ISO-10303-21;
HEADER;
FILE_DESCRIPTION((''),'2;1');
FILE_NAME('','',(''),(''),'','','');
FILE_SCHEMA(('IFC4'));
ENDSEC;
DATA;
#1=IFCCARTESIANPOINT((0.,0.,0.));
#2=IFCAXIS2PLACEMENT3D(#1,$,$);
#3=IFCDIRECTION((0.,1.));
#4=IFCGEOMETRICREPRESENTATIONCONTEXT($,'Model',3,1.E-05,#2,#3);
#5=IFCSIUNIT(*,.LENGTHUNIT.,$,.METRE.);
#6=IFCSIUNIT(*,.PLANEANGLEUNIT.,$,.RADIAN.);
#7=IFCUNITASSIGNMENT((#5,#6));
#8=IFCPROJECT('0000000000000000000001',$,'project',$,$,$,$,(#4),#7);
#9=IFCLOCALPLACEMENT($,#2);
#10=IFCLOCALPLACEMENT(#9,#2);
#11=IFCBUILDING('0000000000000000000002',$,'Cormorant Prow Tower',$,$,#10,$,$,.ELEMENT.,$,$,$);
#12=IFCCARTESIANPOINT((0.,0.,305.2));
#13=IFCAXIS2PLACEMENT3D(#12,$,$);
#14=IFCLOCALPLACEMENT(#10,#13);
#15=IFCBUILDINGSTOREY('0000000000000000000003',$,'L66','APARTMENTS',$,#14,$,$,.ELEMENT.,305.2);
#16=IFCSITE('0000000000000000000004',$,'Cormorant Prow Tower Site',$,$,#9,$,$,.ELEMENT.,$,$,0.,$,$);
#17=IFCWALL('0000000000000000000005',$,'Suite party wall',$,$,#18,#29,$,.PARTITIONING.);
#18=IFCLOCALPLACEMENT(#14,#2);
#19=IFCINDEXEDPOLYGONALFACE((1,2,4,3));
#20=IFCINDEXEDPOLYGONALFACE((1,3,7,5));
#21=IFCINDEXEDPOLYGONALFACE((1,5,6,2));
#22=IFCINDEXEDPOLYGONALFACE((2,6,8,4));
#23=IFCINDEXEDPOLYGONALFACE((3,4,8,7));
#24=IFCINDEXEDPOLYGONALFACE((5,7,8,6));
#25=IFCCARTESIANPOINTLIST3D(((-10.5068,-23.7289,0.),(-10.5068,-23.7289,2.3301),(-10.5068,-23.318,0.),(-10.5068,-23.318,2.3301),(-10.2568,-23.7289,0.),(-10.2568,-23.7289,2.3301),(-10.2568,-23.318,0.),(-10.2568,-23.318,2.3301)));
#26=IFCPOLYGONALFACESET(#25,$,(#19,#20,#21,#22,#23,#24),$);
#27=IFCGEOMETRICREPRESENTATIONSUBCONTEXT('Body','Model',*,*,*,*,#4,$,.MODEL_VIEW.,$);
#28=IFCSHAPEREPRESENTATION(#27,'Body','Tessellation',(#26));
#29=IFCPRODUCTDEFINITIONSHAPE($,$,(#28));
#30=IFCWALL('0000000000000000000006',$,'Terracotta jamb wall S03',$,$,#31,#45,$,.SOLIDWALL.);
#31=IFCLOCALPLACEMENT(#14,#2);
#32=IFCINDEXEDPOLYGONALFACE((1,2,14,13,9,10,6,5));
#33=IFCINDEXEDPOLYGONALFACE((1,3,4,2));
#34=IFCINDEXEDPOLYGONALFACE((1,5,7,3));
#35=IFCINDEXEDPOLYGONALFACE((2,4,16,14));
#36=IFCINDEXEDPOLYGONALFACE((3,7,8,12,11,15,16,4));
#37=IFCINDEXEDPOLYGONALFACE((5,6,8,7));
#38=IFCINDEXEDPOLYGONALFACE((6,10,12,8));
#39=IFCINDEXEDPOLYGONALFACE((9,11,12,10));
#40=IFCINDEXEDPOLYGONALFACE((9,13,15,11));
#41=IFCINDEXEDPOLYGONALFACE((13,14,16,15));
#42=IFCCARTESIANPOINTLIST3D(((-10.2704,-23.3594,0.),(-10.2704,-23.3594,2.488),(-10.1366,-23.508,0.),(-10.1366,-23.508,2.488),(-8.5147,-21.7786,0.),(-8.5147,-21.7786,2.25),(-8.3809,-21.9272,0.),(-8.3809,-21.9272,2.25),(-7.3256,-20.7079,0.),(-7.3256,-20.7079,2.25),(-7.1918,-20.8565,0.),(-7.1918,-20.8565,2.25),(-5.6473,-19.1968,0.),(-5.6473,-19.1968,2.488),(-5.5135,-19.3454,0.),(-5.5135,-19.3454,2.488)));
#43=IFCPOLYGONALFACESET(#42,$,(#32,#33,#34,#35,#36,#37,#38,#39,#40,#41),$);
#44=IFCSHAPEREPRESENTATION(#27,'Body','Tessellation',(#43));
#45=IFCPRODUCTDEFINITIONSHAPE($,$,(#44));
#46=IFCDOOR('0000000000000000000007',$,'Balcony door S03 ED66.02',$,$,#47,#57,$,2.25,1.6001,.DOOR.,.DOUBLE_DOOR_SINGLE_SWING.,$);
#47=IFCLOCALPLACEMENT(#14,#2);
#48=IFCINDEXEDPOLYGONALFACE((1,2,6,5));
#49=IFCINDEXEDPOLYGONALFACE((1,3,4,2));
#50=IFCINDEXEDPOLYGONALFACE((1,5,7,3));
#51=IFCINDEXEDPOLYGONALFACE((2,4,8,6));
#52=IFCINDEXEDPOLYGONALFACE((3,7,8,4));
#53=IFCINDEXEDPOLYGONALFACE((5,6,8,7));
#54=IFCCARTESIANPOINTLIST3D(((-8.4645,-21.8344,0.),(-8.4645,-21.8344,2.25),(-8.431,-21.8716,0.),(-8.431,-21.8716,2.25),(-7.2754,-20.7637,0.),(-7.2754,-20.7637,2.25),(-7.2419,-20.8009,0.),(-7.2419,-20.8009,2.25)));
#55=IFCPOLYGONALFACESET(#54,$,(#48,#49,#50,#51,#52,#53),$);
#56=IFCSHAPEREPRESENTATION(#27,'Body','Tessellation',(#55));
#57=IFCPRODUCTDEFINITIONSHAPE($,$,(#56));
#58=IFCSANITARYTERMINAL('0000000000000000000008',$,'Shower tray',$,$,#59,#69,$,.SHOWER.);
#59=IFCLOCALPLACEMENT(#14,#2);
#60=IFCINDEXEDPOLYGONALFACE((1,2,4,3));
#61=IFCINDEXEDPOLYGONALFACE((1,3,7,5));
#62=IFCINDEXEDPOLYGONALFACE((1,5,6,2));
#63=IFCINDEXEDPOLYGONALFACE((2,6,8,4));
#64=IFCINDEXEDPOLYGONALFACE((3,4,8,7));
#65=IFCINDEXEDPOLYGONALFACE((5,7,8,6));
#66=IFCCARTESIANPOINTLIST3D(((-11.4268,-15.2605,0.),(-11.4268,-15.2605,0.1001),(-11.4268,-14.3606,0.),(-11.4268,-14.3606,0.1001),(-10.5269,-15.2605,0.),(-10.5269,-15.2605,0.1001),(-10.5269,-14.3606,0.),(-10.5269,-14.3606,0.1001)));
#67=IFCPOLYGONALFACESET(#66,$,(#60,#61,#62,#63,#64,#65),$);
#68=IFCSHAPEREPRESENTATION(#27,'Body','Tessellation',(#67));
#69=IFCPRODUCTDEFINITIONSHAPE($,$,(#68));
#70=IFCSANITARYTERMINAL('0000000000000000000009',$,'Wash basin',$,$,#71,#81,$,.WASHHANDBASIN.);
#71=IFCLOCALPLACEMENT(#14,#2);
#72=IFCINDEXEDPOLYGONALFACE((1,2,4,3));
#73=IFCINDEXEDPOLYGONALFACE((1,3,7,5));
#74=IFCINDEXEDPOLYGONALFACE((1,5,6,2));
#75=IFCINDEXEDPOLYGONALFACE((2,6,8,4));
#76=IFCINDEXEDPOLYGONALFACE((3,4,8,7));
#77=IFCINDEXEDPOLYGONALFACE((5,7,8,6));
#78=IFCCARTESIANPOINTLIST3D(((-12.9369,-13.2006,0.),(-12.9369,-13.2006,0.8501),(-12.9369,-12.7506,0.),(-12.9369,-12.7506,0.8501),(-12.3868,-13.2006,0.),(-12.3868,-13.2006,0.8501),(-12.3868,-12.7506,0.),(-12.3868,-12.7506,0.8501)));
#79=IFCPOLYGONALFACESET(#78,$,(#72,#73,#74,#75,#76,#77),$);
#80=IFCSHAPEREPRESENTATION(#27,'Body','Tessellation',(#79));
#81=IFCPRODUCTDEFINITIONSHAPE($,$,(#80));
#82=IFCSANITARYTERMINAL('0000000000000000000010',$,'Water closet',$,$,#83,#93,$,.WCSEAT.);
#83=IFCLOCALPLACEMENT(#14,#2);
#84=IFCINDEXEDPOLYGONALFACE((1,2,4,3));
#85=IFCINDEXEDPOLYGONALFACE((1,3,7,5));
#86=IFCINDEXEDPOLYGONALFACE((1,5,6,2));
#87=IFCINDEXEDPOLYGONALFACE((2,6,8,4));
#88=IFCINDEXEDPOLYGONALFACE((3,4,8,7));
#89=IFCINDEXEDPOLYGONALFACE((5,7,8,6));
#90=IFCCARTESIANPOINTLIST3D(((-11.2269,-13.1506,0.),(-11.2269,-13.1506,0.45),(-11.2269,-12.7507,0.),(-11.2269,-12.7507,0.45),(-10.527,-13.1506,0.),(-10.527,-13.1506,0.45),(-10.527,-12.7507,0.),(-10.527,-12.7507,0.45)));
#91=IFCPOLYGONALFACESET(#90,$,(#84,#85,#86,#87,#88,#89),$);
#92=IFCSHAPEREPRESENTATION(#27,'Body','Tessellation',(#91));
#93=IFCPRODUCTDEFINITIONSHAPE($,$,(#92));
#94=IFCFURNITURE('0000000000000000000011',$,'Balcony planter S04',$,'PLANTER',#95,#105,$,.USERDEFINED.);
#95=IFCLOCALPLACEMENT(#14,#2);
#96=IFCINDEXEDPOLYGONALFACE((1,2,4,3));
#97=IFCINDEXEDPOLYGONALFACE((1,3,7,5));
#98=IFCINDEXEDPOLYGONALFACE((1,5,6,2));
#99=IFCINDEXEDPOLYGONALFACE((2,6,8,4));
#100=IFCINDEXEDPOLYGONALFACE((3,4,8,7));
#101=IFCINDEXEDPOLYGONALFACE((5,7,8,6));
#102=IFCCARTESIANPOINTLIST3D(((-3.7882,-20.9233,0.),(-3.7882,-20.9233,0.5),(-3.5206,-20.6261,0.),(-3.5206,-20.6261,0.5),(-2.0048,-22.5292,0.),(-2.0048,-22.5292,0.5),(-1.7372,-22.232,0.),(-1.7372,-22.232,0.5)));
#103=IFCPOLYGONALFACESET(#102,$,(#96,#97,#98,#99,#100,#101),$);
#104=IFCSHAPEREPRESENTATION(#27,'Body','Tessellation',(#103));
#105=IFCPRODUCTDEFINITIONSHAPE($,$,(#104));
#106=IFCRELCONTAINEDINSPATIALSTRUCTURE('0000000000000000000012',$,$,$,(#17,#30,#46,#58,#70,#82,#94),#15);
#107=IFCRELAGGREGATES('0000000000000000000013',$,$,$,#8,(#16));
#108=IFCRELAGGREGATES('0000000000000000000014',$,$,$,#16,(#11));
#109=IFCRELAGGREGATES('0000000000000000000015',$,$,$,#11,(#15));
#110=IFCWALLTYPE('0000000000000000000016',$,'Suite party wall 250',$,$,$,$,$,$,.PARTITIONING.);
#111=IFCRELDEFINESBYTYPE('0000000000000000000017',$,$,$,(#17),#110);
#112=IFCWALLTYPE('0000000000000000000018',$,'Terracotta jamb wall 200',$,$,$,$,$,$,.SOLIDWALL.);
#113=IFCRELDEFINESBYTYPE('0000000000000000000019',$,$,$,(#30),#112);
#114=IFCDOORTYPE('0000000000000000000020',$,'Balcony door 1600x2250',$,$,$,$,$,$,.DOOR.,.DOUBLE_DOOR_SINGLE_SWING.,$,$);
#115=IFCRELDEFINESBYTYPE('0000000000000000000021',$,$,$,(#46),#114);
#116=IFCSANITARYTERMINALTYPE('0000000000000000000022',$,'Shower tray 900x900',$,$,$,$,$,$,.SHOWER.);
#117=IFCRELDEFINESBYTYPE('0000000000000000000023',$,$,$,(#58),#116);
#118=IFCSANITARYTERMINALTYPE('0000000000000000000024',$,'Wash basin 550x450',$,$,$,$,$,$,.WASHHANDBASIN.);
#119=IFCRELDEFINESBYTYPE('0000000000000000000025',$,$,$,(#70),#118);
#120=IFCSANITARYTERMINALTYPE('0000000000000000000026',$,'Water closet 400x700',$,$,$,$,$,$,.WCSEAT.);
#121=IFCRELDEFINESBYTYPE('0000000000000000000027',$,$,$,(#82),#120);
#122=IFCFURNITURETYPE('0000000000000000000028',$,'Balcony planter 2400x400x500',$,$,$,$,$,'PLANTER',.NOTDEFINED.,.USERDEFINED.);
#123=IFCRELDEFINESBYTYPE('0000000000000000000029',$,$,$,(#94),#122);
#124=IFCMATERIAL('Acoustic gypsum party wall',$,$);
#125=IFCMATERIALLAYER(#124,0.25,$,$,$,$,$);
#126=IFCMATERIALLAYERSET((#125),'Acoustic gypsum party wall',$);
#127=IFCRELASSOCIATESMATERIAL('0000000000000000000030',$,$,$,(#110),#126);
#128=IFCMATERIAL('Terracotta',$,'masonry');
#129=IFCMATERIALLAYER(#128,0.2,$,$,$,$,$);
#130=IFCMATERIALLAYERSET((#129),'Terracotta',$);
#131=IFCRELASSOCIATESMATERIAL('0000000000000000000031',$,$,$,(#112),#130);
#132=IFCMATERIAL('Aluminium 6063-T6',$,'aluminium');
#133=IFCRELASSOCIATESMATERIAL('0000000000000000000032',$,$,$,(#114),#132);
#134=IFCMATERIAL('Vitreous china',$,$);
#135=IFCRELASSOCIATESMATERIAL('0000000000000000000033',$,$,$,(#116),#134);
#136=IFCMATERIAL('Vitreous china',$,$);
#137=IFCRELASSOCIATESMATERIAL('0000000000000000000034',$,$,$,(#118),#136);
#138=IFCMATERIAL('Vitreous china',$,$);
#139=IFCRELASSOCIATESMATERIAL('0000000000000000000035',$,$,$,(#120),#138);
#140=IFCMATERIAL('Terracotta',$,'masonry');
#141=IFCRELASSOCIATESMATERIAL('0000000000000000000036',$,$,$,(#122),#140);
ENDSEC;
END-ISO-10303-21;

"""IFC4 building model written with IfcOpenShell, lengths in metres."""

from ifc_helpers import new_model, si_unit, direction, frame, frame_2d, origin, origin_2d, place, context, subcontext, project, spatial, rectangle, extrude, material, layer, layer_set, type_object, element, fill, save


model = new_model("IFC4")

# Units and contexts
model_context = context("Model", 3, precision=1e-05, world=origin(), true_north=direction((0.0, 1.0)))
body_context = subcontext(model_context, "Body", "Model", "MODEL_VIEW")
ifc_project = project(units=[si_unit("LENGTHUNIT", "METRE"), si_unit("PLANEANGLEUNIT", "RADIAN")], contexts=[model_context])

# Site, building, storey
site_placement = place(None, origin())
site = spatial("IfcSite", under=ifc_project, at=site_placement, Name="Cormorant Prow Tower Site", CompositionType="ELEMENT", RefElevation=0.0)
building_placement = place(site_placement, origin())
building = spatial("IfcBuilding", under=site, at=building_placement, Name="Cormorant Prow Tower", CompositionType="ELEMENT")
storey_placement = place(building_placement, frame((0.0, 0.0, 305.2)))
storey = spatial("IfcBuildingStorey", under=building, at=storey_placement, Name="L66", Description="APARTMENTS", CompositionType="ELEMENT", Elevation=305.2)

# Wall
ifc_material_1 = material(Name="Acoustic gypsum party wall")
ifc_layer_1 = layer(ifc_material_1, 0.25)
ifc_layer_set_1 = layer_set([ifc_layer_1], Name="Acoustic gypsum party wall")
wall_type_1 = type_object("IfcWallType", Name="Suite party wall 250", PredefinedType="PARTITIONING", material=ifc_layer_set_1)
wall_1_placement = place(storey_placement, frame((-10.3818, -23.729, 0.0), z_axis=(0.0, 0.0, 1.0), x_axis=(0.0, 1.0, 0.0)))
element("IfcWall", 1, at=wall_1_placement, inside=storey, type_object=wall_type_1, Name="Suite party wall", PredefinedType="PARTITIONING", context=body_context, shape_type="SweptSolid", body=[
    extrude(rectangle(XDim=0.4109, YDim=0.25, at=frame_2d((0.2056, 0.0))), origin(), (0.0, 0.0, 1.0), 2.3301),
])

# Wall, opening, door
ifc_material_2 = material(Name="Terracotta", Category="masonry")
ifc_layer_2 = layer(ifc_material_2, 0.2)
ifc_layer_set_2 = layer_set([ifc_layer_2], Name="Terracotta")
wall_type_2 = type_object("IfcWallType", Name="Terracotta jamb wall 200", PredefinedType="SOLIDWALL", material=ifc_layer_set_2)
wall_2_placement = place(storey_placement, frame((-10.2034, -23.4336, 0.0), z_axis=(0.0, 0.0, 1.0), x_axis=(0.743146, 0.66913, 0.0)))
wall_2 = element("IfcWall", 2, at=wall_2_placement, inside=storey, type_object=wall_type_2, Name="Terracotta jamb wall S03", PredefinedType="SOLIDWALL", context=body_context, shape_type="SweptSolid", body=[
    extrude(rectangle(XDim=6.2209, YDim=0.2, at=frame_2d((3.1104, 0.0))), origin(), (0.0, 0.0, 1.0), 2.488),
])
opening_1_placement = place(wall_2_placement, frame((2.3623, 0.0, 0.0)))
opening_1 = element("IfcOpeningElement", 3, at=opening_1_placement, cuts=wall_2, PredefinedType="OPENING", context=body_context, shape_type="SweptSolid", body=[
    extrude(rectangle(XDim=1.6001, YDim=2.25, at=frame_2d((0.8, 1.125))), frame((0.0, 0.1099, 0.0), z_axis=(0.0, -1.0, 0.0), x_axis=(1.0, 0.0, 0.0)), (0.0, 0.0, 1.0), 0.22),
])
ifc_material_3 = material(Name="Aluminium 6063-T6", Category="aluminium")
door_type_1 = type_object("IfcDoorType", Name="Balcony door 1600x2250", OperationType="DOUBLE_DOOR_SINGLE_SWING", PredefinedType="DOOR", material=ifc_material_3)
door_1_placement = place(opening_1_placement, origin())
door_1 = element("IfcDoor", 4, at=door_1_placement, inside=storey, type_object=door_type_1, Name="Balcony door S03 ED66.02", OperationType="DOUBLE_DOOR_SINGLE_SWING", OverallHeight=2.25, OverallWidth=1.6001, PredefinedType="DOOR", context=body_context, shape_type="SweptSolid", body=[
    extrude(rectangle(XDim=1.6001, YDim=2.25, at=frame_2d((0.8, 1.125))), frame((0.0, 0.0249, 0.0), z_axis=(0.0, -1.0, 0.0), x_axis=(1.0, 0.0, 0.0)), (0.0, 0.0, 1.0), 0.05),
])
fill(opening_1, door_1)

# Sanitary terminals
ifc_material_4 = material(Name="Vitreous china")
sanitary_terminal_type_1 = type_object("IfcSanitaryTerminalType", Name="Shower tray 900x900", PredefinedType="SHOWER", material=ifc_material_4)
sanitary_terminal_1_placement = place(storey_placement, frame((-10.9768, -14.8105, 0.0), z_axis=(0.0, 0.0, 1.0), x_axis=(-1.0, 0.0, 0.0)))
element("IfcSanitaryTerminal", 5, at=sanitary_terminal_1_placement, inside=storey, type_object=sanitary_terminal_type_1, Name="Shower tray", PredefinedType="SHOWER", context=body_context, shape_type="SweptSolid", body=[
    extrude(rectangle(XDim=0.8999, YDim=0.8999, at=origin_2d()), origin(), (0.0, 0.0, 1.0), 0.1001),
])
ifc_material_5 = material(Name="Vitreous china")
sanitary_terminal_type_2 = type_object("IfcSanitaryTerminalType", Name="Wash basin 550x450", PredefinedType="WASHHANDBASIN", material=ifc_material_5)
sanitary_terminal_2_placement = place(storey_placement, frame((-12.6619, -12.9756, 0.0), z_axis=(0.0, 0.0, 1.0), x_axis=(1.0, 0.0, 0.0)))
element("IfcSanitaryTerminal", 6, at=sanitary_terminal_2_placement, inside=storey, type_object=sanitary_terminal_type_2, Name="Wash basin", PredefinedType="WASHHANDBASIN", context=body_context, shape_type="SweptSolid", body=[
    extrude(rectangle(XDim=0.55, YDim=0.45, at=origin_2d()), origin(), (0.0, 0.0, 1.0), 0.8501),
])
ifc_material_6 = material(Name="Vitreous china")
sanitary_terminal_type_3 = type_object("IfcSanitaryTerminalType", Name="Water closet 400x700", PredefinedType="WCSEAT", material=ifc_material_6)
sanitary_terminal_3_placement = place(storey_placement, frame((-10.877, -12.9507, 0.0), z_axis=(0.0, 0.0, 1.0), x_axis=(0.0, -1.0, 0.0)))
element("IfcSanitaryTerminal", 7, at=sanitary_terminal_3_placement, inside=storey, type_object=sanitary_terminal_type_3, Name="Water closet", PredefinedType="WCSEAT", context=body_context, shape_type="SweptSolid", body=[
    extrude(rectangle(XDim=0.3999, YDim=0.7, at=origin_2d()), origin(), (0.0, 0.0, 1.0), 0.45),
])

# Furniture
ifc_material_7 = material(Name="Terracotta", Category="masonry")
furniture_type = type_object("IfcFurnitureType", Name="Balcony planter 2400x400x500", ElementType="PLANTER", AssemblyPlace="NOTDEFINED", PredefinedType="USERDEFINED", material=ifc_material_7)
furniture_placement = place(storey_placement, frame((-2.7627, -21.5776, 0.0), z_axis=(0.0, 0.0, 1.0), x_axis=(0.743145, -0.669131, 0.0)))
element("IfcFurniture", 8, at=furniture_placement, inside=storey, type_object=furniture_type, Name="Balcony planter S04", ObjectType="PLANTER", PredefinedType="USERDEFINED", context=body_context, shape_type="SweptSolid", body=[
    extrude(rectangle(XDim=2.3999, YDim=0.3999, at=origin_2d()), origin(), (0.0, 0.0, 1.0), 0.5),
])

save(model, "model.ifc")
